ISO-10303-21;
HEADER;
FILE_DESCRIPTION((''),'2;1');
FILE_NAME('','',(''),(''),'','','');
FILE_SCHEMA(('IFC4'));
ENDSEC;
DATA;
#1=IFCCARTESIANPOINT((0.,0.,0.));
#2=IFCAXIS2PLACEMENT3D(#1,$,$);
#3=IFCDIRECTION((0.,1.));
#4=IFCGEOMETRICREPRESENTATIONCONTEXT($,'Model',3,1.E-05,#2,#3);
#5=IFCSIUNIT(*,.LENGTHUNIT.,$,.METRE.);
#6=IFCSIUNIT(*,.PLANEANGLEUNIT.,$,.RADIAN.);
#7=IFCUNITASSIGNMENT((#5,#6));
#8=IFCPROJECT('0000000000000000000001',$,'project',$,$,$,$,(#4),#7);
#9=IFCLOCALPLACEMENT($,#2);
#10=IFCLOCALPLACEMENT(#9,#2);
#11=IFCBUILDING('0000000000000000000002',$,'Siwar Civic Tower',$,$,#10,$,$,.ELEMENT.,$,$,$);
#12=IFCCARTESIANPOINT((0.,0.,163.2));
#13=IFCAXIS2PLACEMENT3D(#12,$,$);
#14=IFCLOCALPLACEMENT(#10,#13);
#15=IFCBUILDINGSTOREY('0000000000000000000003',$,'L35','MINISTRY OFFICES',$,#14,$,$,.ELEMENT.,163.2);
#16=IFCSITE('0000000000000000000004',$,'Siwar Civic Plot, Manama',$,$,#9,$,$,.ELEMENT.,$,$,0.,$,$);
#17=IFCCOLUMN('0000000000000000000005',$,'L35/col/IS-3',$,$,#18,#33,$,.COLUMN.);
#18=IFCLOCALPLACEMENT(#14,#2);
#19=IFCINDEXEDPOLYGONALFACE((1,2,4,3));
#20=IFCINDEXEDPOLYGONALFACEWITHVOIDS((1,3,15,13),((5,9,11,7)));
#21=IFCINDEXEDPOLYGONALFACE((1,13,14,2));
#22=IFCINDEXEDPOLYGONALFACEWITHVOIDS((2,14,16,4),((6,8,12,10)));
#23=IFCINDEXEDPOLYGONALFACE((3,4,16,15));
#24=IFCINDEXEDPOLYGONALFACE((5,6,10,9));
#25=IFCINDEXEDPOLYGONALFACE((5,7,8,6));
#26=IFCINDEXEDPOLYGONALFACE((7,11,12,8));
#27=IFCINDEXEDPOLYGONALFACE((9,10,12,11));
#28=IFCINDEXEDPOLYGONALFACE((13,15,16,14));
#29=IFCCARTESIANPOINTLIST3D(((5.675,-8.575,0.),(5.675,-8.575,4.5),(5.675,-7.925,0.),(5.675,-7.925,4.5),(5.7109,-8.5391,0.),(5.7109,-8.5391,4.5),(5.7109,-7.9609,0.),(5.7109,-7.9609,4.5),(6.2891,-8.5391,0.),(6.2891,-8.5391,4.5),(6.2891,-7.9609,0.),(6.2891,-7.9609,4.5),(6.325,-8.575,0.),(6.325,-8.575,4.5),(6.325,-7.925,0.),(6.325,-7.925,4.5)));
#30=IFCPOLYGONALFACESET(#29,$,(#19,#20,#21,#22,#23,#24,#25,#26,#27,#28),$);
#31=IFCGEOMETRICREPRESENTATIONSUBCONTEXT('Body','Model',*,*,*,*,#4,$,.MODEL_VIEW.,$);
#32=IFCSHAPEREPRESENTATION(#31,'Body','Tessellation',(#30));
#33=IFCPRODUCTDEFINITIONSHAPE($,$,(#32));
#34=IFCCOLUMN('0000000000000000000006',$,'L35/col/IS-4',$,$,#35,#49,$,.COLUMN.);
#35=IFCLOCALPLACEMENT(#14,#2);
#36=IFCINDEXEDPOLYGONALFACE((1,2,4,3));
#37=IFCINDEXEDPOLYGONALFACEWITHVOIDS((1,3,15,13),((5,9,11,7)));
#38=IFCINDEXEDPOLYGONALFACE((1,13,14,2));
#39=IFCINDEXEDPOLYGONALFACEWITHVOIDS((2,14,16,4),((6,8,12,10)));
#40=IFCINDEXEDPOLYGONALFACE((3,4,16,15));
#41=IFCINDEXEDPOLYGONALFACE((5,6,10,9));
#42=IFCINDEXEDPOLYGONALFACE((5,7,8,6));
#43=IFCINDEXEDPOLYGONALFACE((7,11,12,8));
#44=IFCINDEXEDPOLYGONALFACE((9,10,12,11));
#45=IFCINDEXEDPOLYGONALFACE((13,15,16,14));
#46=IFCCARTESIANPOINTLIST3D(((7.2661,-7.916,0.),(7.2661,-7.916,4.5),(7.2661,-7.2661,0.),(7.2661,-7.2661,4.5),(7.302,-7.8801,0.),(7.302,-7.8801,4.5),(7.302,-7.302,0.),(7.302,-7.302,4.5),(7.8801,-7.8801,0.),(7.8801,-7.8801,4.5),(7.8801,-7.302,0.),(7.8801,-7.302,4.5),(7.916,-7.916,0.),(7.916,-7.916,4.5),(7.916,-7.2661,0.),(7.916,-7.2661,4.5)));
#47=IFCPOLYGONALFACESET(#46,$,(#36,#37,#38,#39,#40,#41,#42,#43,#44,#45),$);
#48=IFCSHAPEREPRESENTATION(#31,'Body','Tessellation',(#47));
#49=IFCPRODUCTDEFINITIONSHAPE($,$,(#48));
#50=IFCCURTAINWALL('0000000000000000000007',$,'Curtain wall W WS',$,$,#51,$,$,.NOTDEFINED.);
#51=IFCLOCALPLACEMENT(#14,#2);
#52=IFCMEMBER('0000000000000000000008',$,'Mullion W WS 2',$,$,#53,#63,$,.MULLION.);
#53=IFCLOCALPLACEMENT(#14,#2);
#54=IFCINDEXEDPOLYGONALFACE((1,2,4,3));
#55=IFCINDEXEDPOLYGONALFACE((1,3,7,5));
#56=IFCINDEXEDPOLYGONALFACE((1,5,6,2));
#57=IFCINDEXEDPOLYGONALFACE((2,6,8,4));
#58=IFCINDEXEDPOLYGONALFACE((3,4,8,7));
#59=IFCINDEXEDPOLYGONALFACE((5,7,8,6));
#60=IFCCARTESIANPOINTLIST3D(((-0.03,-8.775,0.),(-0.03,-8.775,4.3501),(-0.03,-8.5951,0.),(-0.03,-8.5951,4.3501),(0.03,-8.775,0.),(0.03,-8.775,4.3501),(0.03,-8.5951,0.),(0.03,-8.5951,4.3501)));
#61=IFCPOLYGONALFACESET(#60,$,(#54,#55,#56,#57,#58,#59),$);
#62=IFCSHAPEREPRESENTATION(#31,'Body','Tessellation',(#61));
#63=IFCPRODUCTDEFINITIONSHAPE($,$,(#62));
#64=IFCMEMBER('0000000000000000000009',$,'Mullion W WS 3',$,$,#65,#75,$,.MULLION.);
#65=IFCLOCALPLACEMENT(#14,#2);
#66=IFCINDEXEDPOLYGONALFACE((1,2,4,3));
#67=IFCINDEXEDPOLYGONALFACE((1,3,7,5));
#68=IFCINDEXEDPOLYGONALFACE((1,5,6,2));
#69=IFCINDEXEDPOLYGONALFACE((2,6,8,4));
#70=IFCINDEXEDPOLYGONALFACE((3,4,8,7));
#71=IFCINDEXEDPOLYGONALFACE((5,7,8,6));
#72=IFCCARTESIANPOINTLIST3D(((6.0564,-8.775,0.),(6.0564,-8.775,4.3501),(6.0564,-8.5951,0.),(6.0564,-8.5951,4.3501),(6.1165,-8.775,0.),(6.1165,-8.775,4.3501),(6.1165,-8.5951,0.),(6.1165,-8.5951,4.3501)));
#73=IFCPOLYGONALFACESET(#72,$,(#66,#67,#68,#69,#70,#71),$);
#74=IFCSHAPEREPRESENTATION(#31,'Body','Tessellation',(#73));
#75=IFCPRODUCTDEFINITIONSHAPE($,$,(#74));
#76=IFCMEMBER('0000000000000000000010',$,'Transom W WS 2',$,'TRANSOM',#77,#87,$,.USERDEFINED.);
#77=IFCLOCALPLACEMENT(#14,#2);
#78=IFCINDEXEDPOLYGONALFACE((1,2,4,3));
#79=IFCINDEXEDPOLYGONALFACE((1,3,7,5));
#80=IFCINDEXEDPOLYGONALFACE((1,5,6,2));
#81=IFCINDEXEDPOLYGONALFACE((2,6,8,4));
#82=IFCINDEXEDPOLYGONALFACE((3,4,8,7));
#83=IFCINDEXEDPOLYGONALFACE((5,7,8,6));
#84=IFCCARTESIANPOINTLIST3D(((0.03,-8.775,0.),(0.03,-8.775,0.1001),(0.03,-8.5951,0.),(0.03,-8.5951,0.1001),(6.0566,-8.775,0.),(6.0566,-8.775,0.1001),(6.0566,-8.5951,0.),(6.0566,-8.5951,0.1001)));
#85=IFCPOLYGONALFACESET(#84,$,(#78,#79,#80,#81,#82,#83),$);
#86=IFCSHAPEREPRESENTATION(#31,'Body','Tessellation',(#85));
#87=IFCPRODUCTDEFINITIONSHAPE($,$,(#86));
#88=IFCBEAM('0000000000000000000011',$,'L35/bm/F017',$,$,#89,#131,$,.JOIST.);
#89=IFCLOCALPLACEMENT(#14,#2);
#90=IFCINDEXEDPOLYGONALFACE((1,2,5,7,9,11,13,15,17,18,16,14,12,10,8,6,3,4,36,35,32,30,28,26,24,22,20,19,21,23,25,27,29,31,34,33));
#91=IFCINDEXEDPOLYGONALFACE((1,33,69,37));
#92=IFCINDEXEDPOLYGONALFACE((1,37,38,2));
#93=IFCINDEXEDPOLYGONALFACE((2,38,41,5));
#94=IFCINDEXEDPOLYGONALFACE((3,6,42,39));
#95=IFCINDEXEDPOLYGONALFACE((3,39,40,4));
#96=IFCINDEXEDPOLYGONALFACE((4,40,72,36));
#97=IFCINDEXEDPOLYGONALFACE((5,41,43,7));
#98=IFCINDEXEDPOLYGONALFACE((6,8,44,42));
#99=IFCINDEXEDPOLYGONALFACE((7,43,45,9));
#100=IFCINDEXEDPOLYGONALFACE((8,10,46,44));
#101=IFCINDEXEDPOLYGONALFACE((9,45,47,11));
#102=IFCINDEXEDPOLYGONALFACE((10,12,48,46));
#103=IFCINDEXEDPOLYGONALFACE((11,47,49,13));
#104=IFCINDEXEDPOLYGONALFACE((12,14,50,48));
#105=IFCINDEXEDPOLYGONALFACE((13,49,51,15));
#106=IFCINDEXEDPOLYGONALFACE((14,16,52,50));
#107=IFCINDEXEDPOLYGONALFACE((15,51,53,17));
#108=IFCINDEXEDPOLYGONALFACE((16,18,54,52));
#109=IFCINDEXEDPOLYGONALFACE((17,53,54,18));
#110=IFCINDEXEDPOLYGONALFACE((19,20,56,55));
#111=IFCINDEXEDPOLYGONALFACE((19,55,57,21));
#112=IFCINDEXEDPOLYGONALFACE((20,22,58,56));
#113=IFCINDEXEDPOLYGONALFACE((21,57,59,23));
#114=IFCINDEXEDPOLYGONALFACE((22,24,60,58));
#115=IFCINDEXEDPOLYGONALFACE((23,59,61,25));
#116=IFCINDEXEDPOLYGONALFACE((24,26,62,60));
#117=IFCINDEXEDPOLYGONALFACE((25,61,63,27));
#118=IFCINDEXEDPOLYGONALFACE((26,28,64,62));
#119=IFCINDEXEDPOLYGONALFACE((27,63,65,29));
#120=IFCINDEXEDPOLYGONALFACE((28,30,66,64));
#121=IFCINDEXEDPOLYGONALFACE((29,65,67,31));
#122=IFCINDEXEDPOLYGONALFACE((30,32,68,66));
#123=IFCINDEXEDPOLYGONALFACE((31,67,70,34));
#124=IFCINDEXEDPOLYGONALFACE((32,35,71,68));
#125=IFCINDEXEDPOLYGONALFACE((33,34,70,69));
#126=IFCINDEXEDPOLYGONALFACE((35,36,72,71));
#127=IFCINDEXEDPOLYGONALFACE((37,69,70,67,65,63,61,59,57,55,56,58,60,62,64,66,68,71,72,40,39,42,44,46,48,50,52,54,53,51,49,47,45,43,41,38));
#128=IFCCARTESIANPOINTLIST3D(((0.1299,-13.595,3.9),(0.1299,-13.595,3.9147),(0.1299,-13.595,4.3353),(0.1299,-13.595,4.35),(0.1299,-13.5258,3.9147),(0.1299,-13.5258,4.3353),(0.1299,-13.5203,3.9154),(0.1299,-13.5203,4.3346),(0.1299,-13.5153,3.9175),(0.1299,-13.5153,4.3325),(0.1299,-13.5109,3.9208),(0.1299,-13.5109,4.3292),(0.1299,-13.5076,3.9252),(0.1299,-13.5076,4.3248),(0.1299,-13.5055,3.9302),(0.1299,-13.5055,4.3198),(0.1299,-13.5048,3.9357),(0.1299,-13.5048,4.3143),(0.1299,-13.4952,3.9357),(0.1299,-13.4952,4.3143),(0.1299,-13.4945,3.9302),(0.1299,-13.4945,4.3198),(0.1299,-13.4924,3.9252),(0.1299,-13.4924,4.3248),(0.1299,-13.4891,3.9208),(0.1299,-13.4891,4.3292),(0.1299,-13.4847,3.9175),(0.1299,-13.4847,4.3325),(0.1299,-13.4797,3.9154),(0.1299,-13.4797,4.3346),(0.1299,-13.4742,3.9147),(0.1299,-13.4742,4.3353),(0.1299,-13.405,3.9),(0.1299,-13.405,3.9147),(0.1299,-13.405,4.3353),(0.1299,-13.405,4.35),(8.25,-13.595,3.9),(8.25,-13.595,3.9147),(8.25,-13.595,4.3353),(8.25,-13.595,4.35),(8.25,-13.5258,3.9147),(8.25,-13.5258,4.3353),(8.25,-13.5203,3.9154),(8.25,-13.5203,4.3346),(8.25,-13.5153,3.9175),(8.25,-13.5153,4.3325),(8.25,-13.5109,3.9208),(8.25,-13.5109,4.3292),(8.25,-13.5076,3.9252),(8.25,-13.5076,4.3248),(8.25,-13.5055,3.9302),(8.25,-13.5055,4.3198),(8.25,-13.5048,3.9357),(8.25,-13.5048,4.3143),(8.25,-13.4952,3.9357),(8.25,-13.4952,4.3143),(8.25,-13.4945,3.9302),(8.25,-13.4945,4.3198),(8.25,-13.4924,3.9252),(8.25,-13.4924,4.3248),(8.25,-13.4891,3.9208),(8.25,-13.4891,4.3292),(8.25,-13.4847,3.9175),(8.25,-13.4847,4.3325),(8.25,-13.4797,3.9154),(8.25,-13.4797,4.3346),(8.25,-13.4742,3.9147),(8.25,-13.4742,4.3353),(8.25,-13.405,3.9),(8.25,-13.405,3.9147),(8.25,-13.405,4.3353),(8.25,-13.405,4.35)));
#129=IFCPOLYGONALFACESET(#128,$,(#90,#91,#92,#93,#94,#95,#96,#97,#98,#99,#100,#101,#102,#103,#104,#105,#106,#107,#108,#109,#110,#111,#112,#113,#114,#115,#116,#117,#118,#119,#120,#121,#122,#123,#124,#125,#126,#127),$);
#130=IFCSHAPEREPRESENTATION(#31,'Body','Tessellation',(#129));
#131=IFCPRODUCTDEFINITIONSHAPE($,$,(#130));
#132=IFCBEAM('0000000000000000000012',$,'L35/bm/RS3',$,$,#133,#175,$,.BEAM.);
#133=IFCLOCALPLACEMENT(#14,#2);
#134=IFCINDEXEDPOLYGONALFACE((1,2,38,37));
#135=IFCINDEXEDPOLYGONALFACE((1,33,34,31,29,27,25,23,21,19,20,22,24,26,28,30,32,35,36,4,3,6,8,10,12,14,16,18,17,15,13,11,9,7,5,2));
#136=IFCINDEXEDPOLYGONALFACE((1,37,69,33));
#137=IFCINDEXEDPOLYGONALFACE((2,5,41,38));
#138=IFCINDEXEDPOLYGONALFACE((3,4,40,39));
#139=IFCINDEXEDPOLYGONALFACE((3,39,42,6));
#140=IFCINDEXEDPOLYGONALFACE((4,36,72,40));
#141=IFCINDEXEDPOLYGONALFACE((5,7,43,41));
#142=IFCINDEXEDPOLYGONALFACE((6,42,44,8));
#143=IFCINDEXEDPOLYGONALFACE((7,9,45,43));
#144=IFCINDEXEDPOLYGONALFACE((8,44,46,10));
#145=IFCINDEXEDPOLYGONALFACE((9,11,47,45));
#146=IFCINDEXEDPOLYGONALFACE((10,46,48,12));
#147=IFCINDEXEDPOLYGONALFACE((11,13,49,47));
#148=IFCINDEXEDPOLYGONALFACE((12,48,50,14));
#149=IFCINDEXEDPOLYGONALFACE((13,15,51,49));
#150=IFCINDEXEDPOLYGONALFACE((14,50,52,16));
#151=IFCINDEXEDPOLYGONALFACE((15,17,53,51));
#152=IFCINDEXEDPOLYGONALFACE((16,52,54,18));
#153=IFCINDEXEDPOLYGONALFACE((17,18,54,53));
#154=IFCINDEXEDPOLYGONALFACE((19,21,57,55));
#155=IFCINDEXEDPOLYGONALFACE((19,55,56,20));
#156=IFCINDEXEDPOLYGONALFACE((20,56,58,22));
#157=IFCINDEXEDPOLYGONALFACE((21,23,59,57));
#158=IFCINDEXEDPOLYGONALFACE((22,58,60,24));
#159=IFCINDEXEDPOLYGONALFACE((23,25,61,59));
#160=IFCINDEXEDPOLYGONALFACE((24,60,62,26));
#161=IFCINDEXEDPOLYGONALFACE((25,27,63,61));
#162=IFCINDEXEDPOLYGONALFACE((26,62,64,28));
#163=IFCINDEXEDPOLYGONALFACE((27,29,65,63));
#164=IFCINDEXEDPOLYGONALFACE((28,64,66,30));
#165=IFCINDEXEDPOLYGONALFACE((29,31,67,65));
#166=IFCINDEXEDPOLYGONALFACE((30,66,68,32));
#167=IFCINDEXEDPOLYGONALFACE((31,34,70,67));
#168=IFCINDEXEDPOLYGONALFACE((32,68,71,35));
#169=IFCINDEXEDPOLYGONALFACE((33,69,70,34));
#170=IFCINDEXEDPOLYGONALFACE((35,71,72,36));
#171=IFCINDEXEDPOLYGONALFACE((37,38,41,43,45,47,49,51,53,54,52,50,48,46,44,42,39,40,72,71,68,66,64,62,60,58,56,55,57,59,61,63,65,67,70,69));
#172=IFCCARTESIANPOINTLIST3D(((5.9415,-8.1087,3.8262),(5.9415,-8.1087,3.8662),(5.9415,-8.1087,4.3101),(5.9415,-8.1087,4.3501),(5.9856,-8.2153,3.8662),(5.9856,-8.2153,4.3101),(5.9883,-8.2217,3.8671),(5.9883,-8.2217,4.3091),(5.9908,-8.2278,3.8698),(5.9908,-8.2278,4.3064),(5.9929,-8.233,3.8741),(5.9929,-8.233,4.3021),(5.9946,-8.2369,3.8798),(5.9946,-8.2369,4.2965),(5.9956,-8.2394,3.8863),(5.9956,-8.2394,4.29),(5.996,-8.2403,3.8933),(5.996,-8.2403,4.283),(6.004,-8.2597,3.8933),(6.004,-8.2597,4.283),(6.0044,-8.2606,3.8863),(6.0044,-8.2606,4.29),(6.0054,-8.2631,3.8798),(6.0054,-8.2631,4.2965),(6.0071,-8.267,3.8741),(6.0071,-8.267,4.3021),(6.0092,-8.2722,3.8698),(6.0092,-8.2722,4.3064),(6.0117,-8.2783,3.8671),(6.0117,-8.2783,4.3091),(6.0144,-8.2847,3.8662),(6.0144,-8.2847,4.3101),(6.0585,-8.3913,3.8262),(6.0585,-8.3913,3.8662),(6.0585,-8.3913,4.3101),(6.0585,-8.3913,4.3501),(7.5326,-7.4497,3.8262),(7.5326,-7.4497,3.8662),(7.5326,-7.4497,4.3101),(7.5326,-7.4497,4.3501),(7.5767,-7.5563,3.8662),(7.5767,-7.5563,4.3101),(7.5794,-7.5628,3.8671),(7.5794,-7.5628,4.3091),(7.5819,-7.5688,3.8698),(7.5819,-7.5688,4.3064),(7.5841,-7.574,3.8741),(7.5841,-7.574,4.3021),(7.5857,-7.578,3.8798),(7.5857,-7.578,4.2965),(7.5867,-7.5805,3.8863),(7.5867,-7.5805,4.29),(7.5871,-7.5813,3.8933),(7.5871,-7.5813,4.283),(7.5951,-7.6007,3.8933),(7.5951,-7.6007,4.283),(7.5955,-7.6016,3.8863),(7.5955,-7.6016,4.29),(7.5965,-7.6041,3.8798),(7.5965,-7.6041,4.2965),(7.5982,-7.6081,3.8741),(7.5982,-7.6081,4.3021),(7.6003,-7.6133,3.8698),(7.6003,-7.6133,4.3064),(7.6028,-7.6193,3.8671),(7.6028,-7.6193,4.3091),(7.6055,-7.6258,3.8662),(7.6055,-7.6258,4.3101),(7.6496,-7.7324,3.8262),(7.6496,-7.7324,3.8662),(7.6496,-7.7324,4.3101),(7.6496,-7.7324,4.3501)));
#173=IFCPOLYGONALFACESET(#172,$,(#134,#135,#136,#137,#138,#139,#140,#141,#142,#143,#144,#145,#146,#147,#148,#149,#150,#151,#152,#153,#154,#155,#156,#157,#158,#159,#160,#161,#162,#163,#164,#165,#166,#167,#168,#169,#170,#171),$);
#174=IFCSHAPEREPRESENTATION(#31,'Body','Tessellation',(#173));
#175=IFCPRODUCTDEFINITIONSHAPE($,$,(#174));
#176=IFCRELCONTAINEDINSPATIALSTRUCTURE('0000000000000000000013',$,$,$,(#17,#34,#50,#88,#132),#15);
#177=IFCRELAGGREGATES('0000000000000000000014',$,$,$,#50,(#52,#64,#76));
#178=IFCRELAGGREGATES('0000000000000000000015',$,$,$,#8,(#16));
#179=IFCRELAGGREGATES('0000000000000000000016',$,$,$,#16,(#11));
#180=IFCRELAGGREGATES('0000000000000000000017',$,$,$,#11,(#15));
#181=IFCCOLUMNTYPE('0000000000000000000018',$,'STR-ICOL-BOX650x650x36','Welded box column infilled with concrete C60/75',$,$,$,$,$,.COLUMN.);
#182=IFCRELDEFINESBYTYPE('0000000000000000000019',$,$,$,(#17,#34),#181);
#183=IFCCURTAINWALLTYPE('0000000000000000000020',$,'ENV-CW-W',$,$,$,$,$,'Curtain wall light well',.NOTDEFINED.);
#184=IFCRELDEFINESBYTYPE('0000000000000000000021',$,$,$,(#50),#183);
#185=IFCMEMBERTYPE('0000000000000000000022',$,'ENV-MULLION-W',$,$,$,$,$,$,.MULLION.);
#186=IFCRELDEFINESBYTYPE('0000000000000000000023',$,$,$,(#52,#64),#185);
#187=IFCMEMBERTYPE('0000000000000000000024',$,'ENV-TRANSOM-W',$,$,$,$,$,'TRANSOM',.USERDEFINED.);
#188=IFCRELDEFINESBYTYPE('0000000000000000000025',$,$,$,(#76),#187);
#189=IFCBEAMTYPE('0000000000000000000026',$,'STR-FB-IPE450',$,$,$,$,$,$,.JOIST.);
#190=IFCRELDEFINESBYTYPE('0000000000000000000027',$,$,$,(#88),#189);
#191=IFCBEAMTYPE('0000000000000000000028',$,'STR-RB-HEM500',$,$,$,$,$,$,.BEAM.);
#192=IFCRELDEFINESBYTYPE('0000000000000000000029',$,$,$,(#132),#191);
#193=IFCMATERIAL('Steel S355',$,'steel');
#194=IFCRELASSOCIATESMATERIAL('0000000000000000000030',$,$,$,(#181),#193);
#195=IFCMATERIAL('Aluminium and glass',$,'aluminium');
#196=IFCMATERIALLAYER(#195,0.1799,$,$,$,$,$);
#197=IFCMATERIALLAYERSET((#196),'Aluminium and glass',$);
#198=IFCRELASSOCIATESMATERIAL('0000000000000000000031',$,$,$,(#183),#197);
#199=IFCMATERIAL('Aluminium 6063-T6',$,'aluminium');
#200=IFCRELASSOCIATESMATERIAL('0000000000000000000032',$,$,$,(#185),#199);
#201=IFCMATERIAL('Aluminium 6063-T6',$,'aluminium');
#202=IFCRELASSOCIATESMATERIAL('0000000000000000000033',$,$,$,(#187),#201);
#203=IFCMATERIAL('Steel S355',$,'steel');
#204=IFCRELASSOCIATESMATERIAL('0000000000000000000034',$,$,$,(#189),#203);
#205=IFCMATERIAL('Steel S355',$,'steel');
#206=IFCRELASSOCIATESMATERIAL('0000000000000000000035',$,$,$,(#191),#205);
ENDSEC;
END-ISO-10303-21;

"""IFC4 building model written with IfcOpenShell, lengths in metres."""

from ifc_helpers import new_model, si_unit, direction, frame, origin, origin_2d, place, context, subcontext, project, spatial, rectangle, hollow_rectangle, i_section, extrude, material, layer, layer_set, material_profile, profile_set, type_object, element, aggregate, save


model = new_model("IFC4")

# Units and contexts
model_context = context("Model", 3, precision=1e-05, world=origin(), true_north=direction((0.0, 1.0)))
body_context = subcontext(model_context, "Body", "Model", "MODEL_VIEW")
ifc_project = project(units=[si_unit("LENGTHUNIT", "METRE"), si_unit("PLANEANGLEUNIT", "RADIAN")], contexts=[model_context])

# Site, building, storey
site_placement = place(None, origin())
site = spatial("IfcSite", under=ifc_project, at=site_placement, Name="Siwar Civic Plot, Manama", CompositionType="ELEMENT", RefElevation=0.0)
building_placement = place(site_placement, origin())
building = spatial("IfcBuilding", under=site, at=building_placement, Name="Siwar Civic Tower", CompositionType="ELEMENT")
storey_placement = place(building_placement, frame((0.0, 0.0, 163.2)))
storey = spatial("IfcBuildingStorey", under=building, at=storey_placement, Name="L35", Description="MINISTRY OFFICES", CompositionType="ELEMENT", Elevation=163.2)

# Columns
ifc_material_1 = material(Name="Steel S355", Category="steel")
ifc_material_profile_1 = material_profile(ifc_material_1, hollow_rectangle(XDim=0.6499, YDim=0.6499, WallThickness=0.0359, at=origin_2d()), Name="BOX650x650x36")
ifc_profile_set_1 = profile_set([ifc_material_profile_1], Name="Steel S355")
column_type = type_object("IfcColumnType", Name="STR-ICOL-BOX650x650x36", Description="Welded box column infilled with concrete C60/75", PredefinedType="COLUMN", material=ifc_profile_set_1)
for number, where, z_axis, x_axis, name in (
    (1, (6.0, -8.25, 0.0), (0.0, 0.0, 1.0), (1.0, 0.0, 0.0), "L35/col/IS-3"),
    (2, (7.5911, -7.5911, 0.0), (0.0, 0.0, 1.0), (1.0, 0.0, 0.0), "L35/col/IS-4"),
):
    element("IfcColumn", number, at=place(storey_placement, frame(where, z_axis=z_axis, x_axis=x_axis)), inside=storey, type_object=column_type, Name=name, PredefinedType="COLUMN", context=body_context, shape_type="SweptSolid", body=[
        extrude(hollow_rectangle(XDim=0.6499, YDim=0.6499, WallThickness=0.0359, at=origin_2d()), origin(), (0.0, 0.0, 1.0), 4.5),
    ])

# Curtain wall, members
ifc_material_2 = material(Name="Aluminium and glass", Category="aluminium")
ifc_layer_1 = layer(ifc_material_2, 0.1799)
ifc_layer_set_1 = layer_set([ifc_layer_1], Name="Aluminium and glass")
curtain_wall_type = type_object("IfcCurtainWallType", Name="ENV-CW-W", ElementType="Curtain wall light well", PredefinedType="NOTDEFINED", material=ifc_layer_set_1)
curtain_wall_placement = place(storey_placement, origin())
curtain_wall = element("IfcCurtainWall", 3, at=curtain_wall_placement, inside=storey, type_object=curtain_wall_type, Name="Curtain wall W WS", PredefinedType="NOTDEFINED")
ifc_material_3 = material(Name="Aluminium 6063-T6", Category="aluminium")
ifc_material_profile_2 = material_profile(ifc_material_3, rectangle(XDim=0.1799, YDim=0.0601, at=origin_2d()), Name="AL 180x60")
ifc_profile_set_2 = profile_set([ifc_material_profile_2], Name="Aluminium 6063-T6")
member_type_1 = type_object("IfcMemberType", Name="ENV-MULLION-W", PredefinedType="MULLION", material=ifc_profile_set_2)
member_1_placement = place(storey_placement, frame((0.0, -8.6851, 0.0), z_axis=(0.0, 0.0, 1.0), x_axis=(0.0, 1.0, 0.0)))
member_1 = element("IfcMember", 4, at=member_1_placement, type_object=member_type_1, Name="Mullion W WS 2", PredefinedType="MULLION", context=body_context, shape_type="SweptSolid", body=[
    extrude(rectangle(XDim=0.1799, YDim=0.0601, at=origin_2d()), origin(), (0.0, 0.0, 1.0), 4.3501),
])
member_2_placement = place(storey_placement, frame((6.0864, -8.6851, 0.0), z_axis=(0.0, 0.0, 1.0), x_axis=(0.0, 1.0, 0.0)))
member_2 = element("IfcMember", 5, at=member_2_placement, type_object=member_type_1, Name="Mullion W WS 3", PredefinedType="MULLION", context=body_context, shape_type="SweptSolid", body=[
    extrude(rectangle(XDim=0.1799, YDim=0.0601, at=origin_2d()), origin(), (0.0, 0.0, 1.0), 4.3501),
])
ifc_material_4 = material(Name="Aluminium 6063-T6", Category="aluminium")
ifc_material_profile_3 = material_profile(ifc_material_4, rectangle(XDim=0.1799, YDim=0.1001, at=origin_2d()), Name="AL 180x100")
ifc_profile_set_3 = profile_set([ifc_material_profile_3], Name="Aluminium 6063-T6")
member_type_2 = type_object("IfcMemberType", Name="ENV-TRANSOM-W", ElementType="TRANSOM", PredefinedType="USERDEFINED", material=ifc_profile_set_3)
member_3_placement = place(storey_placement, frame((0.03, -8.6851, 0.05), z_axis=(1.0, 0.0, 0.0), x_axis=(0.0, 1.0, 0.0)))
member_3 = element("IfcMember", 6, at=member_3_placement, type_object=member_type_2, Name="Transom W WS 2", ObjectType="TRANSOM", PredefinedType="USERDEFINED", context=body_context, shape_type="SweptSolid", body=[
    extrude(rectangle(XDim=0.1799, YDim=0.1001, at=origin_2d()), origin(), (0.0, 0.0, 1.0), 6.0266),
])

# Beams
ifc_material_5 = material(Name="Steel S355", Category="steel")
ifc_material_profile_4 = material_profile(ifc_material_5, i_section(OverallWidth=0.1899, OverallDepth=0.45, WebThickness=0.0095, FlangeThickness=0.0146, FilletRadius=0.021, at=origin_2d()), Name="IPE450")
ifc_profile_set_4 = profile_set([ifc_material_profile_4], Name="Steel S355")
beam_type_1 = type_object("IfcBeamType", Name="STR-FB-IPE450", PredefinedType="JOIST", material=ifc_profile_set_4)
beam_placement = place(storey_placement, frame((0.1299, -13.5, 4.125), z_axis=(1.0, 0.0, 0.0), x_axis=(0.0, 1.0, 0.0)))
element("IfcBeam", 7, at=beam_placement, inside=storey, type_object=beam_type_1, Name="L35/bm/F017", PredefinedType="JOIST", context=body_context, shape_type="SweptSolid", body=[
    extrude(i_section(OverallWidth=0.1899, OverallDepth=0.45, WebThickness=0.0095, FlangeThickness=0.0146, FilletRadius=0.021, at=origin_2d()), origin(), (0.0, 0.0, 1.0), 8.1201),
])
ifc_material_6 = material(Name="Steel S355", Category="steel")
ifc_material_profile_5 = material_profile(ifc_material_6, i_section(OverallWidth=0.3059, OverallDepth=0.5239, WebThickness=0.021, FlangeThickness=0.04, FilletRadius=0.0271, at=origin_2d()), Name="HEM500")
ifc_profile_set_5 = profile_set([ifc_material_profile_5], Name="Steel S355")
beam_type_2 = type_object("IfcBeamType", Name="STR-RB-HEM500", PredefinedType="BEAM", material=ifc_profile_set_5)
for number, where, z_axis, x_axis, name in (
    (8, (6.0, -8.25, 4.0881), (0.923901, 0.382631, 0.0), (-0.382631, 0.923901, 0.0), "L35/bm/RS3"),
):
    element("IfcBeam", number, at=place(storey_placement, frame(where, z_axis=z_axis, x_axis=x_axis)), inside=storey, type_object=beam_type_2, Name=name, PredefinedType="BEAM", context=body_context, shape_type="SweptSolid", body=[
        extrude(i_section(OverallWidth=0.3059, OverallDepth=0.5239, WebThickness=0.021, FlangeThickness=0.04, FilletRadius=0.0271, at=origin_2d()), origin(), (0.0, 0.0, 1.0), 1.7222),
    ])

aggregate(curtain_wall, [member_1, member_2, member_3])

save(model, "model.ifc")
